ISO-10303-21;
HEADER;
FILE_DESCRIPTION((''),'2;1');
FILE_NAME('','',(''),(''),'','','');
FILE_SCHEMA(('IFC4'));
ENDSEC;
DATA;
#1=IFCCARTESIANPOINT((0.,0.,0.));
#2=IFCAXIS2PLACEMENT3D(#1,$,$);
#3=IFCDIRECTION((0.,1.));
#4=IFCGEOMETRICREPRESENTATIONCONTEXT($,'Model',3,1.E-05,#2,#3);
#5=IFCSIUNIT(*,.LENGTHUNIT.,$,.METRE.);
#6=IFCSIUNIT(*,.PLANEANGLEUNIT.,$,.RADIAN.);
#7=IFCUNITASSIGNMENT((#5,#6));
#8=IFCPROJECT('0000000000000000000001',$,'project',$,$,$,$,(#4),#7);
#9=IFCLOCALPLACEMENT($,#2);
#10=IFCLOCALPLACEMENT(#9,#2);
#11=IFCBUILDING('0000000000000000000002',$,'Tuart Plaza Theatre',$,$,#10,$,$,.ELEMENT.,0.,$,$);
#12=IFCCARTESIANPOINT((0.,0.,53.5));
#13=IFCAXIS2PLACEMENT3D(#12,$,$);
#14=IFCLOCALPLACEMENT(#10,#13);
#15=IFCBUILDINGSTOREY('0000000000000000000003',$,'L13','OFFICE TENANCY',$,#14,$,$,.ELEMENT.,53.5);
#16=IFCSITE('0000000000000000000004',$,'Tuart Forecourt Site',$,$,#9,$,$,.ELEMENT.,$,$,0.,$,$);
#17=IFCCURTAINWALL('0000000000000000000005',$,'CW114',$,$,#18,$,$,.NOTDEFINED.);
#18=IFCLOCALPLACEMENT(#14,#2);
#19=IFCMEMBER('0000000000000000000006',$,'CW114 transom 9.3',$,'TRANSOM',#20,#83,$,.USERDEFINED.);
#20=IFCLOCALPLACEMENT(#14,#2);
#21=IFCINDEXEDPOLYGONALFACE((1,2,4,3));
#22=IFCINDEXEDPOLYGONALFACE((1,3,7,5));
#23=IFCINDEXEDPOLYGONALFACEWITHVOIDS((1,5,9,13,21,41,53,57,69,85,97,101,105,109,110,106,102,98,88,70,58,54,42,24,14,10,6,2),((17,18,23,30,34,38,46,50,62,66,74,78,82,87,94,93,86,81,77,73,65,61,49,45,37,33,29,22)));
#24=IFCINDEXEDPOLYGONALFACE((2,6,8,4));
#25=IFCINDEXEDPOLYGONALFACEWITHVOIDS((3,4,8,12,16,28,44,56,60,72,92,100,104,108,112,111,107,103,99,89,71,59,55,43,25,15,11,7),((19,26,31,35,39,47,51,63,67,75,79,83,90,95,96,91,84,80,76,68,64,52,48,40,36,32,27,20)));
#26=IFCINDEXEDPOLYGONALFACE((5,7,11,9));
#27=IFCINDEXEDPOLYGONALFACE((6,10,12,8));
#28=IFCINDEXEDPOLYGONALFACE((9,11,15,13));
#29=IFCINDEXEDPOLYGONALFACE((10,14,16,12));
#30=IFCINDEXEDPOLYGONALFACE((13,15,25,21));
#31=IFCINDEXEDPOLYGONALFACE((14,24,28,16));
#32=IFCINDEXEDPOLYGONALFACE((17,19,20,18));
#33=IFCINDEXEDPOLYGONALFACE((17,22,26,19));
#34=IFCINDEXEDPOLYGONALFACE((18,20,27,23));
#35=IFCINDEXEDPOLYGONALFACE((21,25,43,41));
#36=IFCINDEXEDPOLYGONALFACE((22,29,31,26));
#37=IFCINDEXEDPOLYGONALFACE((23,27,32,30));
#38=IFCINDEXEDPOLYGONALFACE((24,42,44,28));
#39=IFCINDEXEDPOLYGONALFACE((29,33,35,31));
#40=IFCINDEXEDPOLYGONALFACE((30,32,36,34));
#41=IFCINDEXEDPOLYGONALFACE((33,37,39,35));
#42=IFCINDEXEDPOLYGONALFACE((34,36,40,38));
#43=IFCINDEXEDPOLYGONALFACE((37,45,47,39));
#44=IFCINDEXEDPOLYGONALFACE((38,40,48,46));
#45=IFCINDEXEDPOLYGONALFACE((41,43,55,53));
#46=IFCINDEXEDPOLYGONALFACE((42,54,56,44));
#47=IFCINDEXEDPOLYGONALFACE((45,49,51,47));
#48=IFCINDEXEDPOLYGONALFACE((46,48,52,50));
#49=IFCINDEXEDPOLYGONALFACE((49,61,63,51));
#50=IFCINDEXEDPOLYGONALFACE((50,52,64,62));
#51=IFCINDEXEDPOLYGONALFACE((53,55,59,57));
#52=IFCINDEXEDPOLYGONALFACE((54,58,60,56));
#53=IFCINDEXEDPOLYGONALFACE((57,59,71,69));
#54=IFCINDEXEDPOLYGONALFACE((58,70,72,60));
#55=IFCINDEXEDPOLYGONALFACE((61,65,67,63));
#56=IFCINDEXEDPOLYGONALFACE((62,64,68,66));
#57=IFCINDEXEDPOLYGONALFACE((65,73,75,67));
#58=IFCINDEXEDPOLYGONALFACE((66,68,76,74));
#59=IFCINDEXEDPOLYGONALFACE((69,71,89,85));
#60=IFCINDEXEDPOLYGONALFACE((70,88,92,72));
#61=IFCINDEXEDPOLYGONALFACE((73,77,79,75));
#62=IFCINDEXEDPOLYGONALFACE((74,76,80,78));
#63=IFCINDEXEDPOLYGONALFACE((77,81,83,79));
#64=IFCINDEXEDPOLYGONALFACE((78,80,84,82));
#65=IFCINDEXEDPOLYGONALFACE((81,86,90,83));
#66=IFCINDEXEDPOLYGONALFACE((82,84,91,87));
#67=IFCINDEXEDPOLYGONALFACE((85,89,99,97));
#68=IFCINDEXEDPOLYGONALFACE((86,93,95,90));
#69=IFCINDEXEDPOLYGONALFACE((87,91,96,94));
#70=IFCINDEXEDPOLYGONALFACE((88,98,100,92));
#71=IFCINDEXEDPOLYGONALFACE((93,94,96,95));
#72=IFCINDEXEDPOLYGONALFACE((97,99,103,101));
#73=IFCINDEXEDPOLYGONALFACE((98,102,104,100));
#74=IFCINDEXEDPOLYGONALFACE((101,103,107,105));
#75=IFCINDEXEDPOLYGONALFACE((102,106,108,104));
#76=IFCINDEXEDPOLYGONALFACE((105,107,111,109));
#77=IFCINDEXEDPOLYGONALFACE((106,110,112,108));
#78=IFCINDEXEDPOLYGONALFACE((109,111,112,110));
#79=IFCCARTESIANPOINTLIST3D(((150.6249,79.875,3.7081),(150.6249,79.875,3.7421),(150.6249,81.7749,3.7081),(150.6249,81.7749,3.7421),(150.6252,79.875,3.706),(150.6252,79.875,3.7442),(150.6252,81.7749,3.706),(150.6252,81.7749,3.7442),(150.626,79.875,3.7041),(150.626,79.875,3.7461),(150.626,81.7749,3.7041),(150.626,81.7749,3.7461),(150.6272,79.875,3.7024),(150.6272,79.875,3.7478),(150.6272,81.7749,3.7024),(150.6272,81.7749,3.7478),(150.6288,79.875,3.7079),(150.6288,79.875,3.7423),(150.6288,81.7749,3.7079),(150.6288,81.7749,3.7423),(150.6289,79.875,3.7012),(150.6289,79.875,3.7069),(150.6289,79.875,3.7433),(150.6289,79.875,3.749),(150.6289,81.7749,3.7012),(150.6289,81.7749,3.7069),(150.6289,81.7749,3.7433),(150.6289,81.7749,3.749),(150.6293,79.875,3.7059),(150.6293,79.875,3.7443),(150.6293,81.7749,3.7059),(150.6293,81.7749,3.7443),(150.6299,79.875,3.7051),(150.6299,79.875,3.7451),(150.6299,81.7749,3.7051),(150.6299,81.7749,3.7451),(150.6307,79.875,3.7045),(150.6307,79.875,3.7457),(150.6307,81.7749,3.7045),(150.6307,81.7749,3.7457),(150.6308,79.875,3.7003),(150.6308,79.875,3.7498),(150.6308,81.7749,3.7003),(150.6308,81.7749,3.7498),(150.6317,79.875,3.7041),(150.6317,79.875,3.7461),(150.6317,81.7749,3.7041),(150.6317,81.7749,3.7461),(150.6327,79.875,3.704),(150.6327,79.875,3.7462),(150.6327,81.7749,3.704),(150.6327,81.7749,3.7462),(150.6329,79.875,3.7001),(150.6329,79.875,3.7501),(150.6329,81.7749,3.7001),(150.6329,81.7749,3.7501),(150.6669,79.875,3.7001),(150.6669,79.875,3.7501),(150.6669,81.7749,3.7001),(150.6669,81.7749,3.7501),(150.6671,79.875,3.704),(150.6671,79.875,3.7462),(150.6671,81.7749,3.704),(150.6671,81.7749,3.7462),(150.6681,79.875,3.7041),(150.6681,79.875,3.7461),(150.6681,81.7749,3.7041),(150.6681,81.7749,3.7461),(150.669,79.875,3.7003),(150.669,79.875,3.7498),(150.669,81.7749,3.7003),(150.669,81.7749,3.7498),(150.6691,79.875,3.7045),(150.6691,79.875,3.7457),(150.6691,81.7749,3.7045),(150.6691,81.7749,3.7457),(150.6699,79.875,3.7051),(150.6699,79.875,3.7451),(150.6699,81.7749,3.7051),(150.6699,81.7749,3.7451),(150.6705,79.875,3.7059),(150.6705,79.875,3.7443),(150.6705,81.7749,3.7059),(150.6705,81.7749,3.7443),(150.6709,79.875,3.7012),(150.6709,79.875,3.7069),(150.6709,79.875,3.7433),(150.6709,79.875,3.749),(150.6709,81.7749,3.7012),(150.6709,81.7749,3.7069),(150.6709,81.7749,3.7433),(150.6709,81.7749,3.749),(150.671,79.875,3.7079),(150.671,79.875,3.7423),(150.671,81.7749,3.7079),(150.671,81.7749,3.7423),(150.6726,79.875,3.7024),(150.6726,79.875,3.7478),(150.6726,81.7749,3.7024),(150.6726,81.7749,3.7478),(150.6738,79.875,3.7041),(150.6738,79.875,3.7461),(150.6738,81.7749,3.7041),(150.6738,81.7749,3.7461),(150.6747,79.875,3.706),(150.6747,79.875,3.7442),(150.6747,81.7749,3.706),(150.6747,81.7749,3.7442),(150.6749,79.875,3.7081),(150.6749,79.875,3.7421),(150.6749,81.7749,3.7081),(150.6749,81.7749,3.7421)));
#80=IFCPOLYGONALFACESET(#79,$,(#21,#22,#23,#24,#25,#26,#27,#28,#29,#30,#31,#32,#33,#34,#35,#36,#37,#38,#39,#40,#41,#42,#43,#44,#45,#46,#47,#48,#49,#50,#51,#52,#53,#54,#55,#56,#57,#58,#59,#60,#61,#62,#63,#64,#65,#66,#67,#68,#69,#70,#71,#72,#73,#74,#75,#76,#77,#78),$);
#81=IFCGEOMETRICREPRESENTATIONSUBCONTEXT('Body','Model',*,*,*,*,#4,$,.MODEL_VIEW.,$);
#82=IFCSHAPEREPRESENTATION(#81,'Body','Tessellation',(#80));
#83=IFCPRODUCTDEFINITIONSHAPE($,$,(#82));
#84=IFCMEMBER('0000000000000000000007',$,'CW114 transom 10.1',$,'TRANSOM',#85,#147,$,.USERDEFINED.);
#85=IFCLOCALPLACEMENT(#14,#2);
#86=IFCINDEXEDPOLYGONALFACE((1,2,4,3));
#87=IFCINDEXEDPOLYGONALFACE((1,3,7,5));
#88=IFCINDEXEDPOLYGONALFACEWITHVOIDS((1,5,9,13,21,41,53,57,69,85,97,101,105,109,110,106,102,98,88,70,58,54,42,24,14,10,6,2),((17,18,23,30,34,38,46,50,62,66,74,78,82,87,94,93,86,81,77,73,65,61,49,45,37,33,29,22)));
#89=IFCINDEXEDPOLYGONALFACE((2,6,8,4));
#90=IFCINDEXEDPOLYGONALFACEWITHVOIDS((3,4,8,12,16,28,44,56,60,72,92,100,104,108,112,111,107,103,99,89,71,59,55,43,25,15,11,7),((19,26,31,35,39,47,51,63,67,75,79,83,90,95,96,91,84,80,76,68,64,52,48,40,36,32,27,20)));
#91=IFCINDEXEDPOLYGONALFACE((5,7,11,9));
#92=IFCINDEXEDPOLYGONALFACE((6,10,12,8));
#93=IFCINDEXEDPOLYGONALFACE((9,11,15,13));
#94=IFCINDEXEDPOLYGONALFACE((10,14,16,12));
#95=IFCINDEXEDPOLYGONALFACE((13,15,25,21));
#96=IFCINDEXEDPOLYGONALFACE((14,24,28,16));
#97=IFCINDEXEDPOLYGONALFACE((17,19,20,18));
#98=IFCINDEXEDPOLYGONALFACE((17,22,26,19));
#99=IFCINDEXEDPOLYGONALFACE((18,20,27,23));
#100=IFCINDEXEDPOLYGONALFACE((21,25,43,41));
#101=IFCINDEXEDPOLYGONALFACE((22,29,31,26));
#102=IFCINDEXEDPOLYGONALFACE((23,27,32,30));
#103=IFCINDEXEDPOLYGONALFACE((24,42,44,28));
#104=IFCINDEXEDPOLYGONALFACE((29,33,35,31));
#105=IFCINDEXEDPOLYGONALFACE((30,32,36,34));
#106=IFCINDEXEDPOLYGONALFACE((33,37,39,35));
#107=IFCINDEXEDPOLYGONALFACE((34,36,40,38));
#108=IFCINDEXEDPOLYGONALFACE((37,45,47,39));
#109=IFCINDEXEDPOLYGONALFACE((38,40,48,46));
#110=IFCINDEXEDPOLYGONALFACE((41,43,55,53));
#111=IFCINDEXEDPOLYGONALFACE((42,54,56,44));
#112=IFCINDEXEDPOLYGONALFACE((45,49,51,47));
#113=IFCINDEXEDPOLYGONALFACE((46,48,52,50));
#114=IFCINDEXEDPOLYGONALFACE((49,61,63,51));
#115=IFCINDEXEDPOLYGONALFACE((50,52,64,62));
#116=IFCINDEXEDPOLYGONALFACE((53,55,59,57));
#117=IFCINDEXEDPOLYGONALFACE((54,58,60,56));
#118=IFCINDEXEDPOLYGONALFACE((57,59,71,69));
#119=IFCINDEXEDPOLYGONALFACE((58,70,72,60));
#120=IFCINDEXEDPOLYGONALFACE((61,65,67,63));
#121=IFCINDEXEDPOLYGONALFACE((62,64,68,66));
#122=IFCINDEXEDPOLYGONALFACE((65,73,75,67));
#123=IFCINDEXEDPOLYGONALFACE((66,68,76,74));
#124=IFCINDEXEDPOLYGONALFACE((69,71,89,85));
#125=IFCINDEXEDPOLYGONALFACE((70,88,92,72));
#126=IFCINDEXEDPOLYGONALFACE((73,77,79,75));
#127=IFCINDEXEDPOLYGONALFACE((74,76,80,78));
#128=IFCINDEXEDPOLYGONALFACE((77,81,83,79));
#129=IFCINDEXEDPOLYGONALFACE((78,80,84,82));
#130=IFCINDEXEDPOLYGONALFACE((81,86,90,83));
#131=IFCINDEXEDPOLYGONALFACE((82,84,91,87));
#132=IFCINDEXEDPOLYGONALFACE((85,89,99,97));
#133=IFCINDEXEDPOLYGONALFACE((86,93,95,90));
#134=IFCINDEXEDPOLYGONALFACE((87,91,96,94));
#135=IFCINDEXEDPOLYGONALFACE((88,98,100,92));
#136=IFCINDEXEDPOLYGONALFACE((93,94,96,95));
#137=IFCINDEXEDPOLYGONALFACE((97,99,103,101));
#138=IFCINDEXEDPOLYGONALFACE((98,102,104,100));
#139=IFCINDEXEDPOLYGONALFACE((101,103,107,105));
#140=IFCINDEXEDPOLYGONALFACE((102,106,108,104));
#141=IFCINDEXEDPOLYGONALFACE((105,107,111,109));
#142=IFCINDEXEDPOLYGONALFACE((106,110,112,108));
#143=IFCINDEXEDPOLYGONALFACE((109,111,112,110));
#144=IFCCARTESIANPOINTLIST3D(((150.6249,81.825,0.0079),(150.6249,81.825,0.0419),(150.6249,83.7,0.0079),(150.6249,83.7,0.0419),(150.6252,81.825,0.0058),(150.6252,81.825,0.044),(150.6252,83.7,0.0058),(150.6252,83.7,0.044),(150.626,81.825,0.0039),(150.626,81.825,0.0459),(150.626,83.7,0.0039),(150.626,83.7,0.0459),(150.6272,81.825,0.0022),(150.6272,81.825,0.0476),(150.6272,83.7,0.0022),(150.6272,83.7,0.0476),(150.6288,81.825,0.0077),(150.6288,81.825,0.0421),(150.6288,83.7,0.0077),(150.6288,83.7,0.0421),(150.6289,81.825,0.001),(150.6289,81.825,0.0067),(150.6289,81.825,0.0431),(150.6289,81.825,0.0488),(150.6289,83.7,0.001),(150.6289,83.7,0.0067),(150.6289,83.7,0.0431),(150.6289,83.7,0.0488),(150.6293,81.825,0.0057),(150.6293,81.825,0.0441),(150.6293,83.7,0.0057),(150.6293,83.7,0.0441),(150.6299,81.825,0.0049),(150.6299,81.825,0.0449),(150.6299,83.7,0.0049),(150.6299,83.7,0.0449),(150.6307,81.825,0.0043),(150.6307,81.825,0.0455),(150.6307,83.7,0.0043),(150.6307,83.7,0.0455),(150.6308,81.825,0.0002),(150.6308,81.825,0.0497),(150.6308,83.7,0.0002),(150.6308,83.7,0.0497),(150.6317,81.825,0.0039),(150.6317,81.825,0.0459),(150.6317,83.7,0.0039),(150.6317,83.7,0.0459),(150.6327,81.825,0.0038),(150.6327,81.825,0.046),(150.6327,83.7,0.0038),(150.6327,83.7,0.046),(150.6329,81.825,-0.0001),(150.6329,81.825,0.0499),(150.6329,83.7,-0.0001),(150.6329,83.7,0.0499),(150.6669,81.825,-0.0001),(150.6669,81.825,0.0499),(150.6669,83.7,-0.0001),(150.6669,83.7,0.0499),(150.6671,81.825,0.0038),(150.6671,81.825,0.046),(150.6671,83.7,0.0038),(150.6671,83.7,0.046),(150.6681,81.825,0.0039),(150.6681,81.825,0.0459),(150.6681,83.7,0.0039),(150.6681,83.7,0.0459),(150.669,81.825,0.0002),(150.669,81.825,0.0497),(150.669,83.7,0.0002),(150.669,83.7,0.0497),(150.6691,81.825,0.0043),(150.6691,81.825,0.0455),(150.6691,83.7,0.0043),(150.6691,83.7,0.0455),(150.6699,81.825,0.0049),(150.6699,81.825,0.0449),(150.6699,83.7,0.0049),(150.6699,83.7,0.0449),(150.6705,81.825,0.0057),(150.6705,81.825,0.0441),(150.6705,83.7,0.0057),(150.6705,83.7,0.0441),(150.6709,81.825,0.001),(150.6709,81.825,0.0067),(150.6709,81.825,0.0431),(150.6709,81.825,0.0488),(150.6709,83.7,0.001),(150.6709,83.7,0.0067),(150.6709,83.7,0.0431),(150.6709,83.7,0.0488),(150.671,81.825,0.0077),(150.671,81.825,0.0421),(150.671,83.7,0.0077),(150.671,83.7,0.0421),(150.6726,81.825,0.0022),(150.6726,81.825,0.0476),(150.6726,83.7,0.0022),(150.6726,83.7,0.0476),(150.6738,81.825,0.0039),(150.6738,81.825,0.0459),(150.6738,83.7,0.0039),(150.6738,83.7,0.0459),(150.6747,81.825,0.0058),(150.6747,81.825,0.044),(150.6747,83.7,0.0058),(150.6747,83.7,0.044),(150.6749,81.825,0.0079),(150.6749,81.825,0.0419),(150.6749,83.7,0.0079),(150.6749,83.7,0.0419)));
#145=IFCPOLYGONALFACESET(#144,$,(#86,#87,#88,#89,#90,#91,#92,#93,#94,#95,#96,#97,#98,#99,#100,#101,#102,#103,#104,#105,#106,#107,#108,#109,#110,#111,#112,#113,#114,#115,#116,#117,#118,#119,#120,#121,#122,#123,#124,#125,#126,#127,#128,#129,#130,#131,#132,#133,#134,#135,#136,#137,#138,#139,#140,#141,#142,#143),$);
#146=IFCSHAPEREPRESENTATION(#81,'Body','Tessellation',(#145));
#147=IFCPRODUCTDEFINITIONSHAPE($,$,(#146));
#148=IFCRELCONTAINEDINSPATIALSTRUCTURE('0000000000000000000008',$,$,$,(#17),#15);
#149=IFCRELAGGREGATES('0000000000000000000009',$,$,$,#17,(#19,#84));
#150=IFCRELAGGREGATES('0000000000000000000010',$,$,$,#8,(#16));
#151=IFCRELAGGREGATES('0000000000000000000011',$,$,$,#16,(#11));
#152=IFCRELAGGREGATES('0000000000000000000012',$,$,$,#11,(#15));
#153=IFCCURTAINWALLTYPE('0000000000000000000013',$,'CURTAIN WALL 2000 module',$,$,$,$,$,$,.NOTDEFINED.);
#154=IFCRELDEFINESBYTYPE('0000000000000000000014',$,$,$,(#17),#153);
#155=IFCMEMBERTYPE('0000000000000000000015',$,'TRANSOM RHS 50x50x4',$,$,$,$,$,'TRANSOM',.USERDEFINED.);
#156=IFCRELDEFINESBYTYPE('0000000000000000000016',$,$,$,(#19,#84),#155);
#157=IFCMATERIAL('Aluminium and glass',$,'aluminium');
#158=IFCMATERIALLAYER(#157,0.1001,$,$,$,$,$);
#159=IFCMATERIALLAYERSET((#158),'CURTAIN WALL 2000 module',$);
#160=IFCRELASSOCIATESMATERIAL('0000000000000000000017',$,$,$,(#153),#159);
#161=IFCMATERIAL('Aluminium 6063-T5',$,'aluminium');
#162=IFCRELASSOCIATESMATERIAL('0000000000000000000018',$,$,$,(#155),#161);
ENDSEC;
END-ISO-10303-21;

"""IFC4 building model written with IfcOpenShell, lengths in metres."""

from ifc_helpers import new_model, si_unit, direction, frame, origin, origin_2d, place, context, subcontext, project, spatial, hollow_rectangle, extrude, material, layer, layer_set, material_profile, profile_set, type_object, element, aggregate, save


model = new_model("IFC4")

# Units and contexts
model_context = context("Model", 3, precision=1e-05, world=origin(), true_north=direction((0.0, 1.0)))
body_context = subcontext(model_context, "Body", "Model", "MODEL_VIEW")
ifc_project = project(units=[si_unit("LENGTHUNIT", "METRE"), si_unit("PLANEANGLEUNIT", "RADIAN")], contexts=[model_context])

# Site, building, storey
site_placement = place(None, origin())
site = spatial("IfcSite", under=ifc_project, at=site_placement, Name="Tuart Forecourt Site", CompositionType="ELEMENT", RefElevation=0.0)
building_placement = place(site_placement, origin())
building = spatial("IfcBuilding", under=site, at=building_placement, Name="Tuart Plaza Theatre", CompositionType="ELEMENT", ElevationOfRefHeight=0.0)
storey_placement = place(building_placement, frame((0.0, 0.0, 53.5)))
storey = spatial("IfcBuildingStorey", under=building, at=storey_placement, Name="L13", Description="OFFICE TENANCY", CompositionType="ELEMENT", Elevation=53.5)

# Curtain wall
ifc_material_1 = material(Name="Aluminium and glass", Category="aluminium")
ifc_layer_1 = layer(ifc_material_1, 0.1001)
ifc_layer_set_1 = layer_set([ifc_layer_1], Name="CURTAIN WALL 2000 module")
curtain_wall_type = type_object("IfcCurtainWallType", Name="CURTAIN WALL 2000 module", PredefinedType="NOTDEFINED", material=ifc_layer_set_1)
curtain_wall_1_placement = place(storey_placement, origin())
curtain_wall_1 = element("IfcCurtainWall", 1, at=curtain_wall_1_placement, inside=storey, type_object=curtain_wall_type, Name="CW114", PredefinedType="NOTDEFINED")

# Members
ifc_material_2 = material(Name="Aluminium 6063-T5", Category="aluminium")
ifc_material_profile_1 = material_profile(ifc_material_2, hollow_rectangle(XDim=0.05, YDim=0.05, WallThickness=0.0039, InnerFilletRadius=0.0039, OuterFilletRadius=0.0081, at=origin_2d()), Name="RHS 50x50x4")
ifc_profile_set_1 = profile_set([ifc_material_profile_1], Name="Aluminium 6063-T5")
member_type_1 = type_object("IfcMemberType", Name="TRANSOM RHS 50x50x4", ElementType="TRANSOM", PredefinedType="USERDEFINED", material=ifc_profile_set_1)
member_1_placement = place(storey_placement, frame((150.6499, 79.875, 3.7251), z_axis=(0.0, 1.0, 0.0), x_axis=(-1.0, 0.0, 0.0)))
member_1 = element("IfcMember", 2, at=member_1_placement, type_object=member_type_1, Name="CW114 transom 9.3", ObjectType="TRANSOM", PredefinedType="USERDEFINED", context=body_context, shape_type="SweptSolid", body=[
    extrude(hollow_rectangle(XDim=0.05, YDim=0.05, WallThickness=0.0039, InnerFilletRadius=0.0039, OuterFilletRadius=0.0081, at=origin_2d()), origin(), (0.0, 0.0, 1.0), 1.8999),
])
member_2_placement = place(storey_placement, frame((150.6499, 81.825, 0.0249), z_axis=(0.0, 1.0, 0.0), x_axis=(-1.0, 0.0, 0.0)))
member_2 = element("IfcMember", 3, at=member_2_placement, type_object=member_type_1, Name="CW114 transom 10.1", ObjectType="TRANSOM", PredefinedType="USERDEFINED", context=body_context, shape_type="SweptSolid", body=[
    extrude(hollow_rectangle(XDim=0.05, YDim=0.05, WallThickness=0.0039, InnerFilletRadius=0.0039, OuterFilletRadius=0.0081, at=origin_2d()), origin(), (0.0, 0.0, 1.0), 1.875),
])

aggregate(curtain_wall_1, [member_1, member_2])

save(model, "model.ifc")
